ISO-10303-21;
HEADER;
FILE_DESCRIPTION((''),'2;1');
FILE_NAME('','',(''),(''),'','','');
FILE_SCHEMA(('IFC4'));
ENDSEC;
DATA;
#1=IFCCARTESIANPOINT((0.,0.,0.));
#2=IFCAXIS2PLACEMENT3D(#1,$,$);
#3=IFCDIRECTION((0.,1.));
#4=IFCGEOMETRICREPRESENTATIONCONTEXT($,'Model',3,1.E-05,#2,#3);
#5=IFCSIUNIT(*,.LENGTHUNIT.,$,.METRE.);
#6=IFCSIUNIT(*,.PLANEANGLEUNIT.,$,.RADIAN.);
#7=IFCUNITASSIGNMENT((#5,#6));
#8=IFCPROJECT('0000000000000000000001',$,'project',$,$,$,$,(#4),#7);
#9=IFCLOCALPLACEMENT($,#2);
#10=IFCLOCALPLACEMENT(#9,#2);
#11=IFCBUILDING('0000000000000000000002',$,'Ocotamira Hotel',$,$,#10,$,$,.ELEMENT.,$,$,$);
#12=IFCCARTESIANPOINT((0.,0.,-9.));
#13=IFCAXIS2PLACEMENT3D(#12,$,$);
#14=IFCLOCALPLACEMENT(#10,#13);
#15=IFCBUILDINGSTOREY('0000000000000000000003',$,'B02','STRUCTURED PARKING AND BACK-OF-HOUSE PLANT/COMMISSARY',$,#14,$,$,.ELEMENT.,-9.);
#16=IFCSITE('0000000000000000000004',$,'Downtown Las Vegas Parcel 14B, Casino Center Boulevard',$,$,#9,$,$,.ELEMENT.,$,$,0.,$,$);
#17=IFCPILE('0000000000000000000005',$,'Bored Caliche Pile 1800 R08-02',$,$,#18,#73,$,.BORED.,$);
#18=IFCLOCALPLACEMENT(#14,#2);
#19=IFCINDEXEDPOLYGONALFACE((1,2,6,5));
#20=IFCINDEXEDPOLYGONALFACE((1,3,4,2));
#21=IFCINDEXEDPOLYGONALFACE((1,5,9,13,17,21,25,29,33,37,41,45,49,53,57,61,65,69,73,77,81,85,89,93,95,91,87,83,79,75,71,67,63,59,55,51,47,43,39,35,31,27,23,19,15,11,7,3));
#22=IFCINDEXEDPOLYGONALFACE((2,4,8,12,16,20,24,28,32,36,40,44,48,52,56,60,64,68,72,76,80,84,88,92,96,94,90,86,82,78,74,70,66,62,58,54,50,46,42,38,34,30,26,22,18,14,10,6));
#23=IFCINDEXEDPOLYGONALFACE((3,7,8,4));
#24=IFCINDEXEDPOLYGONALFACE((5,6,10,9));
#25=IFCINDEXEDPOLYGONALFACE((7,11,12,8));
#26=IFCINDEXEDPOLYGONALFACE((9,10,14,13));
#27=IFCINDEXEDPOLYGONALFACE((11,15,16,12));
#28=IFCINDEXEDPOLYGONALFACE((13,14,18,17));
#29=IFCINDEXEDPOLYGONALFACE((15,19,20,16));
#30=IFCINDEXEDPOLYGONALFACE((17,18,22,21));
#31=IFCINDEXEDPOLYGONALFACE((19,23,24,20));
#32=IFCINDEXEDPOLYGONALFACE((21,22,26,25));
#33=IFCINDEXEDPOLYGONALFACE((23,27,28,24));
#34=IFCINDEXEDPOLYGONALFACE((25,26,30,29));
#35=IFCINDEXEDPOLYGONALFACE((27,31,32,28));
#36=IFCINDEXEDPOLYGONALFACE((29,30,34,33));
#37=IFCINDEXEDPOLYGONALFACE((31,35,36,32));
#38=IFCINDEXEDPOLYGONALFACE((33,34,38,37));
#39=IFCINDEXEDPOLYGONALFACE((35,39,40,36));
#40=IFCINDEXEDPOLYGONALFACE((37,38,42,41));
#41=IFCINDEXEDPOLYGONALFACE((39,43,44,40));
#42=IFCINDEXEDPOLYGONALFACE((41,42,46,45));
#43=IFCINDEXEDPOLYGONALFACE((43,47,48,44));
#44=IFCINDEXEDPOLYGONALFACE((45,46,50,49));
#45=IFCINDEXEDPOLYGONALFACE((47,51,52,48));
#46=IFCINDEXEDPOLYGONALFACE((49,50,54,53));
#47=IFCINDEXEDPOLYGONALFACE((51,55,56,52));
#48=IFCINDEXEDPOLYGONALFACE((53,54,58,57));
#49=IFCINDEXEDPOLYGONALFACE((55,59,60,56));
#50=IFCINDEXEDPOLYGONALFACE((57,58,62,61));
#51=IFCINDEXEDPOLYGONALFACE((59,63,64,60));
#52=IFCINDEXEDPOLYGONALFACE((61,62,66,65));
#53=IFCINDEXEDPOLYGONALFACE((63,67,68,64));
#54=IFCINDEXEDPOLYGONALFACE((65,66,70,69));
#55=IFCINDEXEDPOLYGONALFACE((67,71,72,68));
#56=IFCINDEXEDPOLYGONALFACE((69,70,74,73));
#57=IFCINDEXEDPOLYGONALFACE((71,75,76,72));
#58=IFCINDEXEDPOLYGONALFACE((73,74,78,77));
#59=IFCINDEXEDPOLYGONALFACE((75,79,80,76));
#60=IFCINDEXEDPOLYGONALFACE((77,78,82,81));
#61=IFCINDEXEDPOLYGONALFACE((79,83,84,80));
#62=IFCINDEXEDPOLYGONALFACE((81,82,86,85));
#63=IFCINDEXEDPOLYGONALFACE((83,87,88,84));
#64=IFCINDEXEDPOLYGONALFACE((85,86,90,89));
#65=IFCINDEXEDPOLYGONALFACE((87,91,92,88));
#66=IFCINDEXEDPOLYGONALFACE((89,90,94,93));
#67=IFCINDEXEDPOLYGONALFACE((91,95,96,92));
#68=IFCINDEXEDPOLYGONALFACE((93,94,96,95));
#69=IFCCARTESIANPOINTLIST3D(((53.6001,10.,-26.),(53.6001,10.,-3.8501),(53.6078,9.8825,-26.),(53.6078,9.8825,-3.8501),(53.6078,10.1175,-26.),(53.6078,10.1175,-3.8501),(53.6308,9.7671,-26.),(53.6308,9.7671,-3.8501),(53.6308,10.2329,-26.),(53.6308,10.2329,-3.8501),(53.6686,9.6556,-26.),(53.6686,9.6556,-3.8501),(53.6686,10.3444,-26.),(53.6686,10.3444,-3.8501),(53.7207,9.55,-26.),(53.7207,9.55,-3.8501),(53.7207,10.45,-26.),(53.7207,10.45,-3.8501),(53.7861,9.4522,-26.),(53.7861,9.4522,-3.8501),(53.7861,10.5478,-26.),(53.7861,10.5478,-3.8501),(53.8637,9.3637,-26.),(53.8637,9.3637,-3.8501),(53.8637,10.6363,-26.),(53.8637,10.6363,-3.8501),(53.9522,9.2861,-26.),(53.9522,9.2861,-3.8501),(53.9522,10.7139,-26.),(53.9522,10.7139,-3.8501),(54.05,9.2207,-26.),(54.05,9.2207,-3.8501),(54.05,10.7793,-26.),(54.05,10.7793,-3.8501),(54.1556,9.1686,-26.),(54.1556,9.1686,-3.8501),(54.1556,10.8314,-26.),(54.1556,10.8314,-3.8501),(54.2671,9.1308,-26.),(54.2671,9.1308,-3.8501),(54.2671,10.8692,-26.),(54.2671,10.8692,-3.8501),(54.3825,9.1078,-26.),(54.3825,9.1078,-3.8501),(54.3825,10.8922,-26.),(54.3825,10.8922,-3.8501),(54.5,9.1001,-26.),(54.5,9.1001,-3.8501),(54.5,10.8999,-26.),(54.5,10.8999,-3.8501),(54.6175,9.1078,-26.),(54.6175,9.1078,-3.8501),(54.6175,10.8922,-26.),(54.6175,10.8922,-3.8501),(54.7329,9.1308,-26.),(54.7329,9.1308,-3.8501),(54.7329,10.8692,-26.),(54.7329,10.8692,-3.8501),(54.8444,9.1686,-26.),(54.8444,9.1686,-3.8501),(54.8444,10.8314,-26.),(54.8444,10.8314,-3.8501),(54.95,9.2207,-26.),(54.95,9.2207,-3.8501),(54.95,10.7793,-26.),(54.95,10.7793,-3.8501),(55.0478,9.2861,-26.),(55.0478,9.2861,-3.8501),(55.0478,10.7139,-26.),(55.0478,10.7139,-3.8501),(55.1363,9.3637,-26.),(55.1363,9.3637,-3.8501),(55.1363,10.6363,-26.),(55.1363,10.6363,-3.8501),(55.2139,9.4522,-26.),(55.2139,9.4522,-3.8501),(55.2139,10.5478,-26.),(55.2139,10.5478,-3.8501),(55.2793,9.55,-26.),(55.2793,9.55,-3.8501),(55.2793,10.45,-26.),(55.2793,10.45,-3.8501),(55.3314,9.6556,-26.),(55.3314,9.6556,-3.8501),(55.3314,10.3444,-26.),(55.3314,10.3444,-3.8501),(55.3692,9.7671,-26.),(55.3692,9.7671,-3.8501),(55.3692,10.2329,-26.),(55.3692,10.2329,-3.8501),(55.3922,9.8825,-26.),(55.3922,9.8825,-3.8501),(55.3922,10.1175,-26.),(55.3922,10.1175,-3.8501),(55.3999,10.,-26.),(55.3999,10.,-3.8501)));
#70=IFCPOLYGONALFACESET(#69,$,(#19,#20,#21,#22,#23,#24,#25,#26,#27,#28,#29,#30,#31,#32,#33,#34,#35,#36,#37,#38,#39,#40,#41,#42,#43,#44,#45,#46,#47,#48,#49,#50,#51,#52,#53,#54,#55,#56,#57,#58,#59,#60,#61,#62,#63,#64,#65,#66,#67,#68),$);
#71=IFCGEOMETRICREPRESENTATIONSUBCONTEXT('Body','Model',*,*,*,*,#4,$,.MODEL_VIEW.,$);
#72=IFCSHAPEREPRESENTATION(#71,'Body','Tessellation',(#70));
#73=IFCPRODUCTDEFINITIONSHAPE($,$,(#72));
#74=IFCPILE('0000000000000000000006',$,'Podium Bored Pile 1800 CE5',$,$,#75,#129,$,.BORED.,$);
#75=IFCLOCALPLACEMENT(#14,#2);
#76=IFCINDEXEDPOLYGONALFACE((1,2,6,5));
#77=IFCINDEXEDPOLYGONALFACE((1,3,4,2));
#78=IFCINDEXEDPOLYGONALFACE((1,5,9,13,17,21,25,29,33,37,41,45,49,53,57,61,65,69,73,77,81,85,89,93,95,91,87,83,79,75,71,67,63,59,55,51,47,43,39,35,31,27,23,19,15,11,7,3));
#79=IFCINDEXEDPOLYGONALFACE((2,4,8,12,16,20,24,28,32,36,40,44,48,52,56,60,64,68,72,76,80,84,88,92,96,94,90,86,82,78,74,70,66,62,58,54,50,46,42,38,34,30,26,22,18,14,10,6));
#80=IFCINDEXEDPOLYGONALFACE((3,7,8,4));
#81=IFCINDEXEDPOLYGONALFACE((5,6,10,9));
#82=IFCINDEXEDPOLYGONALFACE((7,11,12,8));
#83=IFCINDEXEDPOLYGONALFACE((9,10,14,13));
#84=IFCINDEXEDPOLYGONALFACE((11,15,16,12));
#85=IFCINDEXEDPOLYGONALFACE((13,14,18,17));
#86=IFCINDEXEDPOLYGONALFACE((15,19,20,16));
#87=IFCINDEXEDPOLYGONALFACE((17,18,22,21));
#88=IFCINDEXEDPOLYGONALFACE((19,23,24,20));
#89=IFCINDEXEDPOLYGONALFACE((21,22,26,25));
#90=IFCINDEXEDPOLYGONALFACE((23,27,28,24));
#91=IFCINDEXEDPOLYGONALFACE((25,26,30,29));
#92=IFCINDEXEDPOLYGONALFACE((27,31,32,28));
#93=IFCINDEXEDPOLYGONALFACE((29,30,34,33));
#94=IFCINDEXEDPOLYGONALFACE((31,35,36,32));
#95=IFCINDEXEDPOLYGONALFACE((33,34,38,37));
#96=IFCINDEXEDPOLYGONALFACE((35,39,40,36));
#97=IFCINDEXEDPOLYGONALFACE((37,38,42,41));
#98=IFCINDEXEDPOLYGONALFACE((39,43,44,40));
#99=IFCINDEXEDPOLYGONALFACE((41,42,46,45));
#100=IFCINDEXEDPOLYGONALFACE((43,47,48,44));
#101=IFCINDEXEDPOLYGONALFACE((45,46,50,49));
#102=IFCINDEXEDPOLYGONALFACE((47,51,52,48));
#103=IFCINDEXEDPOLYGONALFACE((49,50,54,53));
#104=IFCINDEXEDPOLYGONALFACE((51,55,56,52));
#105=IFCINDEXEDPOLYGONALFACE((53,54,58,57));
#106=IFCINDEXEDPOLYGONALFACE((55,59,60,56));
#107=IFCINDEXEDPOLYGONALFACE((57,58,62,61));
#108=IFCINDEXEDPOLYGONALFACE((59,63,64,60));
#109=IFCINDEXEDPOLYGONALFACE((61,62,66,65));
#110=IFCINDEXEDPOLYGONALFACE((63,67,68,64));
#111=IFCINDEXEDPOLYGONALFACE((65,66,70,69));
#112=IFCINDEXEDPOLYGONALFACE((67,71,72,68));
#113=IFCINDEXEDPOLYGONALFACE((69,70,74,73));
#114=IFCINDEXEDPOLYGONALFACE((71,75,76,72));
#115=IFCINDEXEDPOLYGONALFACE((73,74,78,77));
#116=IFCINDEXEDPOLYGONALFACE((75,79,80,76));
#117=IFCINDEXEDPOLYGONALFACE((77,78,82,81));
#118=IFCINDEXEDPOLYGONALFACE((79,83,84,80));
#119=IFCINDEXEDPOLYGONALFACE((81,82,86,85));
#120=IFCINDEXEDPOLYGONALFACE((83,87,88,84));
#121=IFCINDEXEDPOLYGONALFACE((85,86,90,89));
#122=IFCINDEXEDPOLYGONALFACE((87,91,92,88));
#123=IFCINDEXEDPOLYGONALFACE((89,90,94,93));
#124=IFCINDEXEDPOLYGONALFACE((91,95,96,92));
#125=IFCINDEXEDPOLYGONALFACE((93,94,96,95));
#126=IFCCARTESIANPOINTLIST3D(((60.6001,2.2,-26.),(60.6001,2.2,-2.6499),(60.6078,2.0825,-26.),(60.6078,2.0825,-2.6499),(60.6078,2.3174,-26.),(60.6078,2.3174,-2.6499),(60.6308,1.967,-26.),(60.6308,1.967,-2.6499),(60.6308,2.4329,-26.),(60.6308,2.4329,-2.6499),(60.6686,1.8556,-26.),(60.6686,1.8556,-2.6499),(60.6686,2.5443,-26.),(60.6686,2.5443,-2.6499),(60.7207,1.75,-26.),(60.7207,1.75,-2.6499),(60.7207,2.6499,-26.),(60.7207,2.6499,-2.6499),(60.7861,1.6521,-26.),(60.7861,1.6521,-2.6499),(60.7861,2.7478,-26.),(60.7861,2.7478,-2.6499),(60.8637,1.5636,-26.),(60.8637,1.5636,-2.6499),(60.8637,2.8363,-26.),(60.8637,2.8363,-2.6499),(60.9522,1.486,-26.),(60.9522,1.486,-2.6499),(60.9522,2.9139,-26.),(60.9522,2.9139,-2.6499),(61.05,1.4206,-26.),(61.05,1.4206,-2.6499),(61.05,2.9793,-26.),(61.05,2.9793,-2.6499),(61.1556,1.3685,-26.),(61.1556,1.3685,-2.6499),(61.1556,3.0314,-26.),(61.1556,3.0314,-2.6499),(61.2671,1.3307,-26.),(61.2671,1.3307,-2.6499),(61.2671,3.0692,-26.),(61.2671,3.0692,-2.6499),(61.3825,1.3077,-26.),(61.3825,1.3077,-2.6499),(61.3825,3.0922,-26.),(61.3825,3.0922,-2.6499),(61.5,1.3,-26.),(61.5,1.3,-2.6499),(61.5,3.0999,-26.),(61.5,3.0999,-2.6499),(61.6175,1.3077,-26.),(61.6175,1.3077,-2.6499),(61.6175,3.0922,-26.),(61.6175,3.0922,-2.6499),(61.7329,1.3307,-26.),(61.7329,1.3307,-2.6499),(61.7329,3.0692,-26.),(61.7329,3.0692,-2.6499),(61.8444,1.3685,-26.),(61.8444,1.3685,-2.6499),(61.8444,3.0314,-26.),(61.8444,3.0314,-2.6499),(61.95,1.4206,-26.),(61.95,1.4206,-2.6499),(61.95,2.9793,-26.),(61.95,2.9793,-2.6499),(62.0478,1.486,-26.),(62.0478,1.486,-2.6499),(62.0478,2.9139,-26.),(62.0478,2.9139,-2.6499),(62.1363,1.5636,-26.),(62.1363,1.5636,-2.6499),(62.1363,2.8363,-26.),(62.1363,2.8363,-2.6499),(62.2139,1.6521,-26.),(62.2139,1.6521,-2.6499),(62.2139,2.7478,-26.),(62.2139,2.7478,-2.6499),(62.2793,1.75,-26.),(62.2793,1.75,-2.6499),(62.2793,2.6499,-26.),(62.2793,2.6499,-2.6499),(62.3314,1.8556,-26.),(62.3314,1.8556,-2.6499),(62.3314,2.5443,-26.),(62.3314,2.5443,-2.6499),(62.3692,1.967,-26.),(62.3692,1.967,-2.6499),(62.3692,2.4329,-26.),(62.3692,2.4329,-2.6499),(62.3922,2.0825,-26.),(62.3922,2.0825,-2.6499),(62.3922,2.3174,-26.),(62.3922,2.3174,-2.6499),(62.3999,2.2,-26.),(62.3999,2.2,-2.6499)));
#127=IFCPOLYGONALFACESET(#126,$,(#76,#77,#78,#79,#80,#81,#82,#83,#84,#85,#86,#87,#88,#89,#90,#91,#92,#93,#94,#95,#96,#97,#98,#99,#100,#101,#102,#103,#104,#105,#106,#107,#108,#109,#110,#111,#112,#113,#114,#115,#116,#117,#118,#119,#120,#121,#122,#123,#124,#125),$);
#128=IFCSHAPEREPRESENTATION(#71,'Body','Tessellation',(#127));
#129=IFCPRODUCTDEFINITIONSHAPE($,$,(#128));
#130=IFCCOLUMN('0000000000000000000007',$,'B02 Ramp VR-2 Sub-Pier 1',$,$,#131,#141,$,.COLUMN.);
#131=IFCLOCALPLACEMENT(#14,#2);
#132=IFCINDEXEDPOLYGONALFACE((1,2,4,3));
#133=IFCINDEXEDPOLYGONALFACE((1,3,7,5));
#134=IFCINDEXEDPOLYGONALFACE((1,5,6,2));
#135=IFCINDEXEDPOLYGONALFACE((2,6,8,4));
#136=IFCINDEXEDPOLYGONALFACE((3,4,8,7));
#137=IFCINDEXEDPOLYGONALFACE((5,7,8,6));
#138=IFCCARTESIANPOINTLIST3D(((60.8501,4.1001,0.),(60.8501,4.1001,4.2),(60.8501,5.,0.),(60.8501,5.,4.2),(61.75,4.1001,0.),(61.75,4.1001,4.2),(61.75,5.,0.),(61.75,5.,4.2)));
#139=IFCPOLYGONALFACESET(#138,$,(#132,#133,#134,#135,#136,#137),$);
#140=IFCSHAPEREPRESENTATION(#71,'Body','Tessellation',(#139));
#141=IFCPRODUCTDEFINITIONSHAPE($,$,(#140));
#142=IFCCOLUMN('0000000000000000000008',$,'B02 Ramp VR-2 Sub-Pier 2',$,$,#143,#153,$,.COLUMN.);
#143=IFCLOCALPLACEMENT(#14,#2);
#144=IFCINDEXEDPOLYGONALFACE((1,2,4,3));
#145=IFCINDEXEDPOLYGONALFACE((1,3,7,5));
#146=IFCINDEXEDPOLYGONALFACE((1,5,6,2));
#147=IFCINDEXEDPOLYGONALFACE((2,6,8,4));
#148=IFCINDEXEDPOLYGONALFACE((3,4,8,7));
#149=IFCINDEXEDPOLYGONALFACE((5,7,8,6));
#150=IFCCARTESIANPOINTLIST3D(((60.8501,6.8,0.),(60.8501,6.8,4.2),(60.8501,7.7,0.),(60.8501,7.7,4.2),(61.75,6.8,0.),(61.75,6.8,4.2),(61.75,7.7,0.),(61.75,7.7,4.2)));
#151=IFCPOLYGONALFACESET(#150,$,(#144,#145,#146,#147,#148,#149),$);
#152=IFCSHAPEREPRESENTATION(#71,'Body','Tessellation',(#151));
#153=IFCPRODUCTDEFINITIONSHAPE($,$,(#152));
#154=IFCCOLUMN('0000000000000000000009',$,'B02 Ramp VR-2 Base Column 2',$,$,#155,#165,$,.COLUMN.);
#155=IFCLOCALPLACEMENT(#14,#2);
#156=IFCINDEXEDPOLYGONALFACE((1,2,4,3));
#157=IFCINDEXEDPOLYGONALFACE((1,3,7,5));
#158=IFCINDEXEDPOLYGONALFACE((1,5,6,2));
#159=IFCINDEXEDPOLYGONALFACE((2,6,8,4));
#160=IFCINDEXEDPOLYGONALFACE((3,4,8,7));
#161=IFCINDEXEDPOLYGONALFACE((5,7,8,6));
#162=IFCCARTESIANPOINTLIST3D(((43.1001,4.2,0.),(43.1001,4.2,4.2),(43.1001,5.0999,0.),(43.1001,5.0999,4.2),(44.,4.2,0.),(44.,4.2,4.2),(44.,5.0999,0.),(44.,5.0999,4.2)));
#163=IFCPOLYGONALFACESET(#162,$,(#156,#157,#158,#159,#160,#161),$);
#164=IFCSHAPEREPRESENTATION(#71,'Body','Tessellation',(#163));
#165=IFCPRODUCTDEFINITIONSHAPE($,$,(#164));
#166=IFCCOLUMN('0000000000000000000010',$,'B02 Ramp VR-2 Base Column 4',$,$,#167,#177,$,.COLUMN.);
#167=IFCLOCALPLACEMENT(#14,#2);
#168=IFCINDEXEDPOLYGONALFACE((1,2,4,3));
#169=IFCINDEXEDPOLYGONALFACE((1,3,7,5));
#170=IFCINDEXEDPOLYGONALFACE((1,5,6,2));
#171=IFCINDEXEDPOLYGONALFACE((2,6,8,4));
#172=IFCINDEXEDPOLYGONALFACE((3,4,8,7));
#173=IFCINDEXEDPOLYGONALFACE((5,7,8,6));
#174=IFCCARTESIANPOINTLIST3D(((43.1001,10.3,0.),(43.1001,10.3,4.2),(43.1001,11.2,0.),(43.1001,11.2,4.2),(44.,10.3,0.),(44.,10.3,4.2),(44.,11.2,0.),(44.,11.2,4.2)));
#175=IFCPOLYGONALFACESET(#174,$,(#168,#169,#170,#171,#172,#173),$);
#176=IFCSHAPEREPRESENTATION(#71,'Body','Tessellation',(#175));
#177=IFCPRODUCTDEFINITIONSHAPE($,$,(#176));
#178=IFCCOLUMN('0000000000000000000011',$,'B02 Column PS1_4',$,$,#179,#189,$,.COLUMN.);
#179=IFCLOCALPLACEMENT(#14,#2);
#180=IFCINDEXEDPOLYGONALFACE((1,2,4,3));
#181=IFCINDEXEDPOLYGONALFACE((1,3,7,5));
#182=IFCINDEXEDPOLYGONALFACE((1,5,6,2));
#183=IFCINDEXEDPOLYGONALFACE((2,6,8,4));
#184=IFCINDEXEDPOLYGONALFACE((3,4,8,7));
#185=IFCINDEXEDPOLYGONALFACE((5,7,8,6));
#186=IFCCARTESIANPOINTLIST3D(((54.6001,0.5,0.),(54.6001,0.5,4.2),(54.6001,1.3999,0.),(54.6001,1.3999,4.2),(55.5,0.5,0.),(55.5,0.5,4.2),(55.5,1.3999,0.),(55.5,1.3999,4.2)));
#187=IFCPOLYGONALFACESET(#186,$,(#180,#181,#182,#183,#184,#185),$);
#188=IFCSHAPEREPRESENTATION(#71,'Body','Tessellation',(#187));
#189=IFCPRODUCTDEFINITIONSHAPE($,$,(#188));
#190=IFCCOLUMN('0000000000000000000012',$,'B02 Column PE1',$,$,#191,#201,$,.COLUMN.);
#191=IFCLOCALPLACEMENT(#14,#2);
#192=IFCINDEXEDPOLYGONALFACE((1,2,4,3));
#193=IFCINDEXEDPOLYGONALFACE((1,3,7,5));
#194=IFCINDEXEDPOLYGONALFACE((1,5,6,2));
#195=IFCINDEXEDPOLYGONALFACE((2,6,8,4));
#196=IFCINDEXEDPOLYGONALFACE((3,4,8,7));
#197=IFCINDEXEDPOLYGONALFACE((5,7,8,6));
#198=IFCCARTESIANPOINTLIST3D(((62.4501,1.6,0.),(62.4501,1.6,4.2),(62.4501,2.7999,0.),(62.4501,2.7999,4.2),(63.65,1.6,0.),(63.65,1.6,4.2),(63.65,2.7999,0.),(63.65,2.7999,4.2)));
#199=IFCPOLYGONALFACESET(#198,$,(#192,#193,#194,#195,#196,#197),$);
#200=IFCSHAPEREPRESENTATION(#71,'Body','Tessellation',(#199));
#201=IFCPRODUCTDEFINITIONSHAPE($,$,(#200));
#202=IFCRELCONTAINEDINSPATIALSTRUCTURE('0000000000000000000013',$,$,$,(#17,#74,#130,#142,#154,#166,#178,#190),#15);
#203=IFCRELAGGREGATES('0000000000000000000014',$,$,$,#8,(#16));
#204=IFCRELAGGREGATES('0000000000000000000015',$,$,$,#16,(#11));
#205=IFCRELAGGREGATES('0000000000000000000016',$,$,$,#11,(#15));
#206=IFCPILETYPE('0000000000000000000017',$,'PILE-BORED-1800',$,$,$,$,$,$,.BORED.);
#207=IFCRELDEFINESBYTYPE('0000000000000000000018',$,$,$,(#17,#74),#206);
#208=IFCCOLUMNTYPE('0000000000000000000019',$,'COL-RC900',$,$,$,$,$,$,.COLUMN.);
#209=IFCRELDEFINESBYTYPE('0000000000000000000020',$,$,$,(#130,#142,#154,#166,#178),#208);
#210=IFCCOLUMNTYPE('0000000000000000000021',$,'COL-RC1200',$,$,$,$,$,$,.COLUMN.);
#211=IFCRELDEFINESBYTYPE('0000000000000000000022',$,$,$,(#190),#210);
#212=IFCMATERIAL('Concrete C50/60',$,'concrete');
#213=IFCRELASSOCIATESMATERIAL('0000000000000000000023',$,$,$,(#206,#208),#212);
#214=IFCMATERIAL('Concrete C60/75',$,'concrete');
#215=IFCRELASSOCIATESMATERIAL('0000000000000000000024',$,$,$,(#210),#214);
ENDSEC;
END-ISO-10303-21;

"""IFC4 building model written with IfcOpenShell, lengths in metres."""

from ifc_helpers import new_model, si_unit, direction, frame, origin, origin_2d, place, context, subcontext, project, spatial, rectangle, circle, extrude, source, transform, mapped, material, material_profile, profile_set, type_object, element, save


model = new_model("IFC4")

# Units and contexts
model_context = context("Model", 3, precision=1e-05, world=origin(), true_north=direction((0.0, 1.0)))
body_context = subcontext(model_context, "Body", "Model", "MODEL_VIEW")
ifc_project = project(units=[si_unit("LENGTHUNIT", "METRE"), si_unit("PLANEANGLEUNIT", "RADIAN")], contexts=[model_context])

# Site, building, storey
site_placement = place(None, origin())
site = spatial("IfcSite", under=ifc_project, at=site_placement, Name="Downtown Las Vegas Parcel 14B, Casino Center Boulevard", CompositionType="ELEMENT", RefElevation=0.0)
building_placement = place(site_placement, origin())
building = spatial("IfcBuilding", under=site, at=building_placement, Name="Ocotamira Hotel", CompositionType="ELEMENT")
storey_placement = place(building_placement, frame((0.0, 0.0, -9.0)))
storey = spatial("IfcBuildingStorey", under=building, at=storey_placement, Name="B02", Description="STRUCTURED PARKING AND BACK-OF-HOUSE PLANT/COMMISSARY", CompositionType="ELEMENT", Elevation=-9.0)

# Piles
ifc_material_1 = material(Name="Concrete C50/60", Category="concrete")
ifc_material_profile_1 = material_profile(ifc_material_1, circle(Radius=0.8999, at=origin_2d()), Name="PILE1800")
ifc_profile_set_1 = profile_set([ifc_material_profile_1], Name="Concrete C50/60")
pile_type = type_object("IfcPileType", Name="PILE-BORED-1800", PredefinedType="BORED", material=ifc_profile_set_1)
shared_shape_1 = source(origin(), body_context, "Body", "SweptSolid", [
    extrude(circle(Radius=0.8999, at=origin_2d()), origin(), (0.0, 0.0, 1.0), 22.1499),
])
for number, where, z_axis, x_axis, name in (
    (1, (54.5, 10.0, -3.8501), (0.0, 0.0, -1.0), (1.0, 0.0, 0.0), "Bored Caliche Pile 1800 R08-02"),
):
    element("IfcPile", number, at=place(storey_placement, frame(where, z_axis=z_axis, x_axis=x_axis)), inside=storey, type_object=pile_type, Name=name, PredefinedType="BORED", context=body_context, shape_type="MappedRepresentation", body=[
        mapped(shared_shape_1, transform((0.0, 0.0, 0.0), scale=1.0)),
    ])
shared_shape_2 = source(origin(), body_context, "Body", "SweptSolid", [
    extrude(circle(Radius=0.8999, at=origin_2d()), origin(), (0.0, 0.0, 1.0), 23.3501),
])
pile_placement = place(storey_placement, frame((61.5, 2.2, -2.6499), z_axis=(0.0, 0.0, -1.0), x_axis=(1.0, 0.0, 0.0)))
element("IfcPile", 2, at=pile_placement, inside=storey, type_object=pile_type, Name="Podium Bored Pile 1800 CE5", PredefinedType="BORED", context=body_context, shape_type="MappedRepresentation", body=[
    mapped(shared_shape_2, transform((0.0, 0.0, 0.0), scale=1.0)),
])

# Columns
ifc_material_profile_2 = material_profile(ifc_material_1, rectangle(XDim=0.8999, YDim=0.8999, at=origin_2d()), Name="RC900X900")
ifc_profile_set_2 = profile_set([ifc_material_profile_2], Name="Concrete C50/60")
column_type_1 = type_object("IfcColumnType", Name="COL-RC900", PredefinedType="COLUMN", material=ifc_profile_set_2)
shared_shape_3 = source(origin(), body_context, "Body", "SweptSolid", [
    extrude(rectangle(XDim=0.8999, YDim=0.8999, at=origin_2d()), origin(), (0.0, 0.0, 1.0), 4.2),
])
for number, where, z_axis, x_axis, name in (
    (3, (61.3, 4.55, 0.0), (0.0, 0.0, 1.0), (1.0, 0.0, 0.0), "B02 Ramp VR-2 Sub-Pier 1"),
    (4, (61.3, 7.25, 0.0), (0.0, 0.0, 1.0), (1.0, 0.0, 0.0), "B02 Ramp VR-2 Sub-Pier 2"),
    (5, (43.55, 4.6499, 0.0), (0.0, 0.0, 1.0), (1.0, 0.0, 0.0), "B02 Ramp VR-2 Base Column 2"),
    (6, (43.55, 10.75, 0.0), (0.0, 0.0, 1.0), (1.0, 0.0, 0.0), "B02 Ramp VR-2 Base Column 4"),
    (7, (55.05, 0.95, 0.0), (0.0, 0.0, 1.0), (1.0, 0.0, 0.0), "B02 Column PS1_4"),
):
    element("IfcColumn", number, at=place(storey_placement, frame(where, z_axis=z_axis, x_axis=x_axis)), inside=storey, type_object=column_type_1, Name=name, PredefinedType="COLUMN", context=body_context, shape_type="MappedRepresentation", body=[
        mapped(shared_shape_3, transform((0.0, 0.0, 0.0), scale=1.0)),
    ])
ifc_material_2 = material(Name="Concrete C60/75", Category="concrete")
ifc_material_profile_3 = material_profile(ifc_material_2, rectangle(XDim=1.2, YDim=1.2, at=origin_2d()), Name="RC1200X1200")
ifc_profile_set_3 = profile_set([ifc_material_profile_3], Name="Concrete C60/75")
column_type_2 = type_object("IfcColumnType", Name="COL-RC1200", PredefinedType="COLUMN", material=ifc_profile_set_3)
shared_shape_4 = source(origin(), body_context, "Body", "SweptSolid", [
    extrude(rectangle(XDim=1.2, YDim=1.2, at=origin_2d()), origin(), (0.0, 0.0, 1.0), 4.2),
])
for number, where, z_axis, x_axis, name in (
    (8, (63.05, 2.2, 0.0), (0.0, 0.0, 1.0), (1.0, 0.0, 0.0), "B02 Column PE1"),
):
    element("IfcColumn", number, at=place(storey_placement, frame(where, z_axis=z_axis, x_axis=x_axis)), inside=storey, type_object=column_type_2, Name=name, PredefinedType="COLUMN", context=body_context, shape_type="MappedRepresentation", body=[
        mapped(shared_shape_4, transform((0.0, 0.0, 0.0), scale=1.0)),
    ])

save(model, "model.ifc")
